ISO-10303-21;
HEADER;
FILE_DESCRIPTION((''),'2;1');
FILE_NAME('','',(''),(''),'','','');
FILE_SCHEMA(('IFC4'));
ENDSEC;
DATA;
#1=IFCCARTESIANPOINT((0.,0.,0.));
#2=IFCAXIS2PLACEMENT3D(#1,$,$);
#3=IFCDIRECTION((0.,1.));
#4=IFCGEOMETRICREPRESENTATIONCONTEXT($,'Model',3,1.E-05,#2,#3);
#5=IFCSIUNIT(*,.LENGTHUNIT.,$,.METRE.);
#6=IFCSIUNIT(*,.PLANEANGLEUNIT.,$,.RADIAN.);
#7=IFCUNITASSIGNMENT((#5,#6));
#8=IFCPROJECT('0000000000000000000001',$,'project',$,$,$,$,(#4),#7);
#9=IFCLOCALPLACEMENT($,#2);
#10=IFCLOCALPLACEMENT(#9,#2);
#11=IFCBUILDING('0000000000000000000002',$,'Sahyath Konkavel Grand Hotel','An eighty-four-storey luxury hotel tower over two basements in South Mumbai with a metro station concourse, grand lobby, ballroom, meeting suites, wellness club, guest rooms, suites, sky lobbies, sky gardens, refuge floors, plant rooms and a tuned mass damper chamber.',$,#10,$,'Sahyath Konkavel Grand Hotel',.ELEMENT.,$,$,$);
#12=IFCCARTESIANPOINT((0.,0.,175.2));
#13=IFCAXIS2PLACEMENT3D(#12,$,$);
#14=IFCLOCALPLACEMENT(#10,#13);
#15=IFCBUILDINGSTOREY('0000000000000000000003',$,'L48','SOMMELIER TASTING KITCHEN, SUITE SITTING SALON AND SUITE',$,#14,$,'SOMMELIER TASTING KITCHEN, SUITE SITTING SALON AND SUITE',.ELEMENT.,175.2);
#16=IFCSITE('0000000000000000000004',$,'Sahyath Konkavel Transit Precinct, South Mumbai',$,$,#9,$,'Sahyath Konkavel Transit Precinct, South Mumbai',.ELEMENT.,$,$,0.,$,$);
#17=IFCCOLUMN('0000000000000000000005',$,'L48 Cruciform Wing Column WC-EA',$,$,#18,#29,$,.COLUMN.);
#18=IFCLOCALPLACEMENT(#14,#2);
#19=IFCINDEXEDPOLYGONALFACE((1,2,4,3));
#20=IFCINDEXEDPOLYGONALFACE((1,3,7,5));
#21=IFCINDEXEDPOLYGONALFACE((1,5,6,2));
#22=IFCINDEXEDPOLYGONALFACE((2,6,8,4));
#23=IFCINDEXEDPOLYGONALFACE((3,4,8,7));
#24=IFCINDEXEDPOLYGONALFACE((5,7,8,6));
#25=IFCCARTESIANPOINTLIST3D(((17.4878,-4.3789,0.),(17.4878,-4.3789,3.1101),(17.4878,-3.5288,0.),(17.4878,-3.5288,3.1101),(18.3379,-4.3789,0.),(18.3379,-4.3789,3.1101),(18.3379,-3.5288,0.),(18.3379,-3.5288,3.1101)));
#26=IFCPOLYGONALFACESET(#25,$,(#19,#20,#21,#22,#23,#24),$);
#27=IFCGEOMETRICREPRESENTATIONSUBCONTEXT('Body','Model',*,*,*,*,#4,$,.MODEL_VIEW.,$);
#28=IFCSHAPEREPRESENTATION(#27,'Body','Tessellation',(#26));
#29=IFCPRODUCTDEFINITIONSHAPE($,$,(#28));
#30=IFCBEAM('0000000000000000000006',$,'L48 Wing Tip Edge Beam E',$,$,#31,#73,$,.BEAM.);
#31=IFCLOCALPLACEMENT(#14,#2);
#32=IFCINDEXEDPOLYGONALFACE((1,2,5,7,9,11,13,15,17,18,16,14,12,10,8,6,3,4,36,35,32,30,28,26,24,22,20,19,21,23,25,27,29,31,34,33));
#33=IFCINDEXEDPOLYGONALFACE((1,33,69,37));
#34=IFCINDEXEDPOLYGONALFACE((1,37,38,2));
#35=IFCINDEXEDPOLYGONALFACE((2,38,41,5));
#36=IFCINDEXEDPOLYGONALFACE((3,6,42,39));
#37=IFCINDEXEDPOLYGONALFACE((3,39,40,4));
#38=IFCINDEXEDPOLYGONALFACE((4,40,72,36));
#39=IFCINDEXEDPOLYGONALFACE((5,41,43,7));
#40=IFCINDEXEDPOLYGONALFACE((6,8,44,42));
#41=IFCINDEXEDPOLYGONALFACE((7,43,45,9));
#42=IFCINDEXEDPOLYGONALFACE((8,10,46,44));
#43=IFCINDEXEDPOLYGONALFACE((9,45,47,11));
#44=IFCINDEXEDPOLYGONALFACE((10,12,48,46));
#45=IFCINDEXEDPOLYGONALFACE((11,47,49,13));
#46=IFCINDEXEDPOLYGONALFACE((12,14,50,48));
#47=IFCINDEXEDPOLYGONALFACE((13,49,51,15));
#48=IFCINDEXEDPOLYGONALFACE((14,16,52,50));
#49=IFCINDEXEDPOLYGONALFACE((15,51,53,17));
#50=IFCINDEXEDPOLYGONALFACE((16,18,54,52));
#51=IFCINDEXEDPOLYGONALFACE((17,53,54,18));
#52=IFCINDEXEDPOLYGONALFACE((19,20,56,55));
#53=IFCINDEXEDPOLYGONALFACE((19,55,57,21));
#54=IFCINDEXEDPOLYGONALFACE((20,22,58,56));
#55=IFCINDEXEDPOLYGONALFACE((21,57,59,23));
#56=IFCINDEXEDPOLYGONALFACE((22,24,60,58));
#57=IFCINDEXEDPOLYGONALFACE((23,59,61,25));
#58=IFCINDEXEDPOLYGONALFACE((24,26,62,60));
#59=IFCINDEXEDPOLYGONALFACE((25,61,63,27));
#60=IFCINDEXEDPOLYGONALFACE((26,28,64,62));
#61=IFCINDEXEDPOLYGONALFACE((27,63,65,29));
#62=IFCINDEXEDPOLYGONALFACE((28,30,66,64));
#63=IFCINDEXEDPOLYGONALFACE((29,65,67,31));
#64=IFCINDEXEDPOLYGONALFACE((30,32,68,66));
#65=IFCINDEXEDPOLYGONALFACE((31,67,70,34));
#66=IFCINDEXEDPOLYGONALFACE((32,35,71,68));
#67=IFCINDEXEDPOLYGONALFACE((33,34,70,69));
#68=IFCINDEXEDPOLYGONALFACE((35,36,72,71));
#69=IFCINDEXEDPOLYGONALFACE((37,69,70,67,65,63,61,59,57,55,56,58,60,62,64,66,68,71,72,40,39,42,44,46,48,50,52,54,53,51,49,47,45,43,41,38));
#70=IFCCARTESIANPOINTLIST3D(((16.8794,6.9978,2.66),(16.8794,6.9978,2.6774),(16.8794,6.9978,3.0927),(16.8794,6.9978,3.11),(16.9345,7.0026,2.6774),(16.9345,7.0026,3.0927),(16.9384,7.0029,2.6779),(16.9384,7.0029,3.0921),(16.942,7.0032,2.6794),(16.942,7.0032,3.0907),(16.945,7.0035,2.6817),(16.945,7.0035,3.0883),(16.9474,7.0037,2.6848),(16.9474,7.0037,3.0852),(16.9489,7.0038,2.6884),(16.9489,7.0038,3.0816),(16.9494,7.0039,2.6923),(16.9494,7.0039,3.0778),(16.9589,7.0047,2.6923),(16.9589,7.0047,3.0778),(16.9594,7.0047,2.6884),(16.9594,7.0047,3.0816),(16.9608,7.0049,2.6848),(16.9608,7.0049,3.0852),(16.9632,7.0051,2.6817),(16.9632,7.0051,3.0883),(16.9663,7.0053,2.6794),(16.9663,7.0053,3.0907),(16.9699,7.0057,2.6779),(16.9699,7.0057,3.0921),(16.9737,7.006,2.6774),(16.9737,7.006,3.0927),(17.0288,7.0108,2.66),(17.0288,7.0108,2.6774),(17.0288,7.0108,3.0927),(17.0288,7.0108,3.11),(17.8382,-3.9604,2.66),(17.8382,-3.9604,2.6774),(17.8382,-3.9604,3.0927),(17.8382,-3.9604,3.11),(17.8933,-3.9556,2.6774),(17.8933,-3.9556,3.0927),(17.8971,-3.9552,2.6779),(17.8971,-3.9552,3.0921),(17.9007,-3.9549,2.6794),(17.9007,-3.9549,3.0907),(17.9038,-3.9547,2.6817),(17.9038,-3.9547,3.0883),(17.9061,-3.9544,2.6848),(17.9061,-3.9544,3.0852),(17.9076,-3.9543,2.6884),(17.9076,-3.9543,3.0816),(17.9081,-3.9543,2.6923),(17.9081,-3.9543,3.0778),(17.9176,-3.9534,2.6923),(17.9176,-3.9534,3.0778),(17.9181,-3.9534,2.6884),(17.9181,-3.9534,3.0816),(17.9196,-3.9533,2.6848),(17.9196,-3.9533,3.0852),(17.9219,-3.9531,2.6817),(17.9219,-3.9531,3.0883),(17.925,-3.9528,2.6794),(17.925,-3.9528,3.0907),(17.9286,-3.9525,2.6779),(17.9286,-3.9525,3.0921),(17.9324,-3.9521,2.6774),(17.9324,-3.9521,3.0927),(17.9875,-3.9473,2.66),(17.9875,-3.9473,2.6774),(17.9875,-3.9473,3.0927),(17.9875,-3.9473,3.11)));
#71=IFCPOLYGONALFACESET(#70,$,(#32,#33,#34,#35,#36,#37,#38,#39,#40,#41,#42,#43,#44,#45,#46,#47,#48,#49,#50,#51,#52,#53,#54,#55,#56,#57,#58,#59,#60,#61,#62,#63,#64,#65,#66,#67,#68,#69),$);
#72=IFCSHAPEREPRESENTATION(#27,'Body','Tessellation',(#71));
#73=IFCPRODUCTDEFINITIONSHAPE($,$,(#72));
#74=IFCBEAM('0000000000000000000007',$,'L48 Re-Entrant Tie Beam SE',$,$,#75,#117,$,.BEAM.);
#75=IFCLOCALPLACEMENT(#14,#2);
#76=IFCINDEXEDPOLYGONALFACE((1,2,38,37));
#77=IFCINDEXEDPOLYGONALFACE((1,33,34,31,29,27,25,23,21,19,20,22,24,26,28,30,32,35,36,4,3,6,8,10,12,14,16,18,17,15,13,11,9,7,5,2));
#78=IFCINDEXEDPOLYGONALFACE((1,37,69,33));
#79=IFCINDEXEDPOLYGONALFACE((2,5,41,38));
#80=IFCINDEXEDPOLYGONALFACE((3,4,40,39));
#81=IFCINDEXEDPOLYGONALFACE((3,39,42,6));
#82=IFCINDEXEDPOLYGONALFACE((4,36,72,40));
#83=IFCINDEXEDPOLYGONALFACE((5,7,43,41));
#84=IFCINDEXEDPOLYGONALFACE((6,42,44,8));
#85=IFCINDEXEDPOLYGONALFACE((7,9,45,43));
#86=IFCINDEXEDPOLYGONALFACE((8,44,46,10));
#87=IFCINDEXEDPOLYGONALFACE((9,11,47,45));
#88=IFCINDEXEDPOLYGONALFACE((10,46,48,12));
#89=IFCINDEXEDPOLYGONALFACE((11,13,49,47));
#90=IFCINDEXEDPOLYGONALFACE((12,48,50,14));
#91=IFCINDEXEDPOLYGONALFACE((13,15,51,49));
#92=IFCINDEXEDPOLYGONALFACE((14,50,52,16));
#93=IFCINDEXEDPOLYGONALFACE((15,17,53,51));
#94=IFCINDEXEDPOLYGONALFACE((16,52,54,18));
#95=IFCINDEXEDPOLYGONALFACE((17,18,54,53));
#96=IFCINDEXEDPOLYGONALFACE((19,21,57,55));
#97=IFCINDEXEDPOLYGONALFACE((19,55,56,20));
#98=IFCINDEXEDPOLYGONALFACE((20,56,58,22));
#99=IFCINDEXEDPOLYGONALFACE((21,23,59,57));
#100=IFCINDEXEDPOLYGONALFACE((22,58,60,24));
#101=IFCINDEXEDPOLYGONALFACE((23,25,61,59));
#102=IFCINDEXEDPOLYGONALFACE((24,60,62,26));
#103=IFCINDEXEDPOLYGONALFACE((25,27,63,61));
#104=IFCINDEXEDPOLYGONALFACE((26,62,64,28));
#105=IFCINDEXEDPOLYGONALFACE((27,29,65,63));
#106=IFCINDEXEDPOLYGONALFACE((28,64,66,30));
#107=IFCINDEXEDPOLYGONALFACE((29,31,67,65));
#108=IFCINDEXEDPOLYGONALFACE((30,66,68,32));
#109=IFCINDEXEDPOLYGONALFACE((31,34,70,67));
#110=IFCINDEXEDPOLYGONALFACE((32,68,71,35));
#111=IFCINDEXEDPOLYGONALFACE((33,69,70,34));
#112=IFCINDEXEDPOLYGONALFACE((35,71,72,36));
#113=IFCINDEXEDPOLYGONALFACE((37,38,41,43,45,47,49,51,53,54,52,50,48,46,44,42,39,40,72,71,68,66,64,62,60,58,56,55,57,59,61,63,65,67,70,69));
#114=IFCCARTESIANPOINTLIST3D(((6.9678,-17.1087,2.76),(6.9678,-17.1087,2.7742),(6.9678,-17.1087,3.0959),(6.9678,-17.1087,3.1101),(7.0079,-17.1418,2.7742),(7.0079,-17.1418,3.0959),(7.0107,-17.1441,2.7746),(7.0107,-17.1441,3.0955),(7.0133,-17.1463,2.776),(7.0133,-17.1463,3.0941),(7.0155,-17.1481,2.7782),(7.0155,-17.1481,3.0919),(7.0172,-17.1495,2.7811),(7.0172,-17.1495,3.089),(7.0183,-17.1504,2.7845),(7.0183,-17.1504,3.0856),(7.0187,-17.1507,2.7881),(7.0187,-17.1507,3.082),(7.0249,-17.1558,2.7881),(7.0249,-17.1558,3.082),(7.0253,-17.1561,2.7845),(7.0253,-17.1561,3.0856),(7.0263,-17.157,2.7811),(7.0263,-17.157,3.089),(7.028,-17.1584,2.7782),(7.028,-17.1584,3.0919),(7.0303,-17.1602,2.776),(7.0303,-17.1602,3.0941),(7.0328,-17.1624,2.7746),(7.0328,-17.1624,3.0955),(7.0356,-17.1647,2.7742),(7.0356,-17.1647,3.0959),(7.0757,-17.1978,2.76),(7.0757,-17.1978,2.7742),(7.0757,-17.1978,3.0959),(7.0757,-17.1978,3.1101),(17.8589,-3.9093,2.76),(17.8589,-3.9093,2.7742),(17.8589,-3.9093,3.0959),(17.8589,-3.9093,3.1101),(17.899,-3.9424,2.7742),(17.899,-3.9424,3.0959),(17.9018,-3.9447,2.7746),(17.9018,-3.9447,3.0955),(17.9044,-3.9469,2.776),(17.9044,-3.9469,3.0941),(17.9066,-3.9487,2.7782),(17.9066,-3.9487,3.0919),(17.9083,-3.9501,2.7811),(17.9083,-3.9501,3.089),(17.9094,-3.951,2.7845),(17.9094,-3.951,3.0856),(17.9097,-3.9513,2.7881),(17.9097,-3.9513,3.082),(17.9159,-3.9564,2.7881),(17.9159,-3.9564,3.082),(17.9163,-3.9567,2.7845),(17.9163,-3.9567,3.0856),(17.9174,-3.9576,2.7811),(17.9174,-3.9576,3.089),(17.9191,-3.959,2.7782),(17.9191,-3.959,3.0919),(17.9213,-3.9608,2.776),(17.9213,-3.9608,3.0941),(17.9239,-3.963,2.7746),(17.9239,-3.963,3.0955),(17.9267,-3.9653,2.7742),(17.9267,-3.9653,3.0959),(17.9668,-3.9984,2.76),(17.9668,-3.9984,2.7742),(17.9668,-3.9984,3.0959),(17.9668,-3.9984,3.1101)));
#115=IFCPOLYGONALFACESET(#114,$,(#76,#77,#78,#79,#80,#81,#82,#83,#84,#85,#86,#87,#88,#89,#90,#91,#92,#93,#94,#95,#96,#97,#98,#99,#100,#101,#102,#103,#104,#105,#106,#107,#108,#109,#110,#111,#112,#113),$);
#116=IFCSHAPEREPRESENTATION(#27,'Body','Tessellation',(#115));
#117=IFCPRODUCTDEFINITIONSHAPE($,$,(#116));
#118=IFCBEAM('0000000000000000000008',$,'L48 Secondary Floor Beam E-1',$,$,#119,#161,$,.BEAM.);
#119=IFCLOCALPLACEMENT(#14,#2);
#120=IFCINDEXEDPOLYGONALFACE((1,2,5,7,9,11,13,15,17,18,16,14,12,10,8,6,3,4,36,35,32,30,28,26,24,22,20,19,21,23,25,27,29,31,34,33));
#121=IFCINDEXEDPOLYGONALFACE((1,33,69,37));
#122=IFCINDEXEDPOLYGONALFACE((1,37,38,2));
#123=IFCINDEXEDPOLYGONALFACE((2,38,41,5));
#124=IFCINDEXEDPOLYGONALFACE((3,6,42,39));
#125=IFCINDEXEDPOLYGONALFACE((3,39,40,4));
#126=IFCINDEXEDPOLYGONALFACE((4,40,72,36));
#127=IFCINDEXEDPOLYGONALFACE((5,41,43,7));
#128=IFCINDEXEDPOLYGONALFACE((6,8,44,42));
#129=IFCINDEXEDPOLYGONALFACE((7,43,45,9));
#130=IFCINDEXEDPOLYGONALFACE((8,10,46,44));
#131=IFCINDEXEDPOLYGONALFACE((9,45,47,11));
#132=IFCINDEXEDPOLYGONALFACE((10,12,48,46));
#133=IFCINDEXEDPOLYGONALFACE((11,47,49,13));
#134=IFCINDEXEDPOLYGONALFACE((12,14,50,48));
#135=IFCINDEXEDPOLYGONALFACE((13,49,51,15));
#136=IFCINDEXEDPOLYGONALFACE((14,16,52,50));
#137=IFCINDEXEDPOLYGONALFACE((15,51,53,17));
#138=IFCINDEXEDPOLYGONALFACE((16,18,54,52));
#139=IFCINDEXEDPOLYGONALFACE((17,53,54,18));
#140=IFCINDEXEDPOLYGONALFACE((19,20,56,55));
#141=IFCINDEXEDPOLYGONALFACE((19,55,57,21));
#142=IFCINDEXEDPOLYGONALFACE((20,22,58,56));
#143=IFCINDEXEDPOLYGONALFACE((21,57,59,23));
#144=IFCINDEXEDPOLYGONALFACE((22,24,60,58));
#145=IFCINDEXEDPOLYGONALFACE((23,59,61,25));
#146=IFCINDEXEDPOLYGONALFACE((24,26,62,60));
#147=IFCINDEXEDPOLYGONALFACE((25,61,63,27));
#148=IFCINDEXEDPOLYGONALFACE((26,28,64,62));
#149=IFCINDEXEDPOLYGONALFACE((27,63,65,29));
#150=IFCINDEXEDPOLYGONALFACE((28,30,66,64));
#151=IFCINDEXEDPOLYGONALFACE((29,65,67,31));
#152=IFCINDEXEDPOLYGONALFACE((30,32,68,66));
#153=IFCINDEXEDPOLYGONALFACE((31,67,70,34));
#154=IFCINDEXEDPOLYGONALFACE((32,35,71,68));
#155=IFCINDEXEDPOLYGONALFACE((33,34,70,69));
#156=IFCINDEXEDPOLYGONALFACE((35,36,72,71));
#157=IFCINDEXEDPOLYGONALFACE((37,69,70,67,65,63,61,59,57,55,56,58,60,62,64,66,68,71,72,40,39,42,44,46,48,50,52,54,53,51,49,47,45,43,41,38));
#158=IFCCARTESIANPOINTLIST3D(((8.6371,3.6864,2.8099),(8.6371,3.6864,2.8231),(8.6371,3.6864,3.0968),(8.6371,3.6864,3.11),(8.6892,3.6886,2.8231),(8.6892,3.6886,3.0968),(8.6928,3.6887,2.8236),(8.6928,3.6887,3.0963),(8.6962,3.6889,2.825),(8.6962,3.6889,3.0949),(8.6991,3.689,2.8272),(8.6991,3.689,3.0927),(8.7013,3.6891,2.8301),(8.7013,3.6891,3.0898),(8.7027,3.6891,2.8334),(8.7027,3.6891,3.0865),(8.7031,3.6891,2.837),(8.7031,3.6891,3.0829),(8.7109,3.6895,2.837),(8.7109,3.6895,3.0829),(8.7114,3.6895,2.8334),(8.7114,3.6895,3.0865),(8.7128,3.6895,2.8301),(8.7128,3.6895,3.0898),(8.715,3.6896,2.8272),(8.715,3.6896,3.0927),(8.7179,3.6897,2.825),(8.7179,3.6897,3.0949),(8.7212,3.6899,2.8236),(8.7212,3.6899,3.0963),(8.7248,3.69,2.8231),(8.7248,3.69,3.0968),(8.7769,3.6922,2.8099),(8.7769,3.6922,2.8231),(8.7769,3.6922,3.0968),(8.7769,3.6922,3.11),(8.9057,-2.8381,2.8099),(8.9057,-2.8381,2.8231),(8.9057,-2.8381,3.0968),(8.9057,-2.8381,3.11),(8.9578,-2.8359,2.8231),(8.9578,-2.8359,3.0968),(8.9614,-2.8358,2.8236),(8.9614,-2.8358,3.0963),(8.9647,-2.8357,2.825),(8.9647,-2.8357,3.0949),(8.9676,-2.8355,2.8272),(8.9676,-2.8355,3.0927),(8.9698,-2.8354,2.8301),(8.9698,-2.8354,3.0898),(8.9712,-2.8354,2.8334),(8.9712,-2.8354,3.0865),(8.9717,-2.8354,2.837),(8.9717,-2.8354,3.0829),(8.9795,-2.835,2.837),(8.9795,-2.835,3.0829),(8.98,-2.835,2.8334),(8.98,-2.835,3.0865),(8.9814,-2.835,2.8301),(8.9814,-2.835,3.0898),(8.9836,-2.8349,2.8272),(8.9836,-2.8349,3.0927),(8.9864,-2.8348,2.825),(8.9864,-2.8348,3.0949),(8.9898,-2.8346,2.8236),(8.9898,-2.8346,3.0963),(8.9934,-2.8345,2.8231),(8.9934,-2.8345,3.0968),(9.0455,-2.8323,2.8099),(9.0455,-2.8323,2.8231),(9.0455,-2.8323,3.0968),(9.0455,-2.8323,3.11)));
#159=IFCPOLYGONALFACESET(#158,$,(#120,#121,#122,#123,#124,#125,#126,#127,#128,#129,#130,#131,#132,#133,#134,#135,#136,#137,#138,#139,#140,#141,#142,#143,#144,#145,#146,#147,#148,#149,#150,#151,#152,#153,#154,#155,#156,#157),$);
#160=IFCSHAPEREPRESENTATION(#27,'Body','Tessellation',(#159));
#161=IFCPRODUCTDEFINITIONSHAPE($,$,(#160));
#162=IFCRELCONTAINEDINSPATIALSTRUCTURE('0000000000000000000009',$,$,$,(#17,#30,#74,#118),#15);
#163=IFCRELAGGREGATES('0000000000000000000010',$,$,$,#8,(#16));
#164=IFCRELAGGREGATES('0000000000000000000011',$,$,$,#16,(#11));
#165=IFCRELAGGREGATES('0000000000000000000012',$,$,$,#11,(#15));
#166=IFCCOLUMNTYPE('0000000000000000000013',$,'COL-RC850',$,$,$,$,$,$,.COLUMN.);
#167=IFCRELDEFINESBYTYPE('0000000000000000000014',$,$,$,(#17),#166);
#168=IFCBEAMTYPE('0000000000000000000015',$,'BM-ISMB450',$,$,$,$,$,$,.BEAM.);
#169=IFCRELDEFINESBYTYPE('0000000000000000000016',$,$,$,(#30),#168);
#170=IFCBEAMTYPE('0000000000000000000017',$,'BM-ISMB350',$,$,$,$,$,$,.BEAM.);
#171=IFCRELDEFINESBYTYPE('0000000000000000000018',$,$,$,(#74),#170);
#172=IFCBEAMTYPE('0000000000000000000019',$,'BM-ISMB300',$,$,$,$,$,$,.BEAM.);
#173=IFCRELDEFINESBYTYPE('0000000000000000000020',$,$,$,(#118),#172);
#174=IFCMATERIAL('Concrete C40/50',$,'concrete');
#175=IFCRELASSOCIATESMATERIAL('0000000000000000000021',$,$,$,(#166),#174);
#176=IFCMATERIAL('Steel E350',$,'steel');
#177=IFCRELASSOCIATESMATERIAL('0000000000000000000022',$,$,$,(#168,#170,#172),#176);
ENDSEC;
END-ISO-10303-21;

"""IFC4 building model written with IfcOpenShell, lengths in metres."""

from ifc_helpers import new_model, si_unit, direction, frame, origin, origin_2d, place, context, subcontext, project, spatial, rectangle, i_section, extrude, source, transform, mapped, material, material_profile, profile_set, type_object, element, save


model = new_model("IFC4")

# Units and contexts
model_context = context("Model", 3, precision=1e-05, world=origin(), true_north=direction((0.0, 1.0)))
body_context = subcontext(model_context, "Body", "Model", "MODEL_VIEW")
ifc_project = project(units=[si_unit("LENGTHUNIT", "METRE"), si_unit("PLANEANGLEUNIT", "RADIAN")], contexts=[model_context])

# Site, building, storey
site_placement = place(None, origin())
site = spatial("IfcSite", under=ifc_project, at=site_placement, Name="Sahyath Konkavel Transit Precinct, South Mumbai", LongName="Sahyath Konkavel Transit Precinct, South Mumbai", CompositionType="ELEMENT", RefElevation=0.0)
building_placement = place(site_placement, origin())
building = spatial("IfcBuilding", under=site, at=building_placement, Name="Sahyath Konkavel Grand Hotel", Description="An eighty-four-storey luxury hotel tower over two basements in South Mumbai with a metro station concourse, grand lobby, ballroom, meeting suites, wellness club, guest rooms, suites, sky lobbies, sky gardens, refuge floors, plant rooms and a tuned mass damper chamber.", LongName="Sahyath Konkavel Grand Hotel", CompositionType="ELEMENT")
storey_placement = place(building_placement, frame((0.0, 0.0, 175.2)))
storey = spatial("IfcBuildingStorey", under=building, at=storey_placement, Name="L48", Description="SOMMELIER TASTING KITCHEN, SUITE SITTING SALON AND SUITE", LongName="SOMMELIER TASTING KITCHEN, SUITE SITTING SALON AND SUITE", CompositionType="ELEMENT", Elevation=175.2)

# Column
ifc_material_1 = material(Name="Concrete C40/50", Category="concrete")
ifc_material_profile_1 = material_profile(ifc_material_1, rectangle(XDim=0.8501, YDim=0.8501, at=origin_2d()), Name="RC 850x850")
ifc_profile_set_1 = profile_set([ifc_material_profile_1], Name="Concrete C40/50")
column_type = type_object("IfcColumnType", Name="COL-RC850", PredefinedType="COLUMN", material=ifc_profile_set_1)
shared_shape_1 = source(origin(), body_context, "Body", "SweptSolid", [
    extrude(rectangle(XDim=0.8501, YDim=0.8501, at=origin_2d()), origin(), (0.0, 0.0, 1.0), 3.1101),
])
column_placement = place(storey_placement, frame((17.9128, -3.9539, 0.0), z_axis=(0.0, 0.0, 1.0), x_axis=(1.0, 0.0, 0.0)))
element("IfcColumn", 1, at=column_placement, inside=storey, type_object=column_type, Name="L48 Cruciform Wing Column WC-EA", PredefinedType="COLUMN", context=body_context, shape_type="MappedRepresentation", body=[
    mapped(shared_shape_1, transform((0.0, 0.0, 0.0), scale=1.0)),
])

# Beams
ifc_material_2 = material(Name="Steel E350", Category="steel")
ifc_material_profile_2 = material_profile(ifc_material_2, i_section(OverallWidth=0.1499, OverallDepth=0.45, WebThickness=0.0095, FlangeThickness=0.0173, FilletRadius=0.0149, at=origin_2d()), Name="ISMB 450")
ifc_profile_set_2 = profile_set([ifc_material_profile_2], Name="Steel E350")
beam_type_1 = type_object("IfcBeamType", Name="BM-ISMB450", PredefinedType="BEAM", material=ifc_profile_set_2)
shared_shape_2 = source(origin(), body_context, "Body", "SweptSolid", [
    extrude(i_section(OverallWidth=0.1499, OverallDepth=0.45, WebThickness=0.0095, FlangeThickness=0.0173, FilletRadius=0.0149, at=origin_2d()), origin(), (0.0, 0.0, 1.0), 11.0),
])
beam_1_placement = place(storey_placement, frame((17.9128, -3.9539, 2.885), z_axis=(-0.087157, 0.996195, 0.0), x_axis=(-0.996195, -0.087157, 0.0)))
element("IfcBeam", 2, at=beam_1_placement, inside=storey, type_object=beam_type_1, Name="L48 Wing Tip Edge Beam E", PredefinedType="BEAM", context=body_context, shape_type="MappedRepresentation", body=[
    mapped(shared_shape_2, transform((0.0, 0.0, 0.0), scale=1.0)),
])
ifc_material_profile_3 = material_profile(ifc_material_2, i_section(OverallWidth=0.1399, OverallDepth=0.3501, WebThickness=0.0081, FlangeThickness=0.0142, FilletRadius=0.0139, at=origin_2d()), Name="ISMB 350")
ifc_profile_set_3 = profile_set([ifc_material_profile_3], Name="Steel E350")
beam_type_2 = type_object("IfcBeamType", Name="BM-ISMB350", PredefinedType="BEAM", material=ifc_profile_set_3)
shared_shape_3 = source(origin(), body_context, "Body", "SweptSolid", [
    extrude(i_section(OverallWidth=0.1399, OverallDepth=0.3501, WebThickness=0.0081, FlangeThickness=0.0142, FilletRadius=0.0139, at=origin_2d()), origin(), (0.0, 0.0, 1.0), 17.1125),
])
beam_2_placement = place(storey_placement, frame((17.9128, -3.9539, 2.9351), z_axis=(-0.636437, -0.771329, 0.0), x_axis=(0.771329, -0.636437, 0.0)))
element("IfcBeam", 3, at=beam_2_placement, inside=storey, type_object=beam_type_2, Name="L48 Re-Entrant Tie Beam SE", PredefinedType="BEAM", context=body_context, shape_type="MappedRepresentation", body=[
    mapped(shared_shape_3, transform((0.0, 0.0, 0.0), scale=1.0)),
])
ifc_material_profile_4 = material_profile(ifc_material_2, i_section(OverallWidth=0.1399, OverallDepth=0.3, WebThickness=0.0078, FlangeThickness=0.0132, FilletRadius=0.0139, at=origin_2d()), Name="ISMB 300")
ifc_profile_set_4 = profile_set([ifc_material_profile_4], Name="Steel E350")
beam_type_3 = type_object("IfcBeamType", Name="BM-ISMB300", PredefinedType="BEAM", material=ifc_profile_set_4)
shared_shape_4 = source(origin(), body_context, "Body", "SweptSolid", [
    extrude(i_section(OverallWidth=0.1399, OverallDepth=0.3, WebThickness=0.0078, FlangeThickness=0.0132, FilletRadius=0.0139, at=origin_2d()), origin(), (0.0, 0.0, 1.0), 6.53),
])
beam_3_placement = place(storey_placement, frame((8.9756, -2.8352, 2.96), z_axis=(-0.041127, 0.999154, 0.0), x_axis=(-0.999154, -0.041127, 0.0)))
element("IfcBeam", 4, at=beam_3_placement, inside=storey, type_object=beam_type_3, Name="L48 Secondary Floor Beam E-1", PredefinedType="BEAM", context=body_context, shape_type="MappedRepresentation", body=[
    mapped(shared_shape_4, transform((0.0, 0.0, 0.0), scale=1.0)),
])

save(model, "model.ifc")
